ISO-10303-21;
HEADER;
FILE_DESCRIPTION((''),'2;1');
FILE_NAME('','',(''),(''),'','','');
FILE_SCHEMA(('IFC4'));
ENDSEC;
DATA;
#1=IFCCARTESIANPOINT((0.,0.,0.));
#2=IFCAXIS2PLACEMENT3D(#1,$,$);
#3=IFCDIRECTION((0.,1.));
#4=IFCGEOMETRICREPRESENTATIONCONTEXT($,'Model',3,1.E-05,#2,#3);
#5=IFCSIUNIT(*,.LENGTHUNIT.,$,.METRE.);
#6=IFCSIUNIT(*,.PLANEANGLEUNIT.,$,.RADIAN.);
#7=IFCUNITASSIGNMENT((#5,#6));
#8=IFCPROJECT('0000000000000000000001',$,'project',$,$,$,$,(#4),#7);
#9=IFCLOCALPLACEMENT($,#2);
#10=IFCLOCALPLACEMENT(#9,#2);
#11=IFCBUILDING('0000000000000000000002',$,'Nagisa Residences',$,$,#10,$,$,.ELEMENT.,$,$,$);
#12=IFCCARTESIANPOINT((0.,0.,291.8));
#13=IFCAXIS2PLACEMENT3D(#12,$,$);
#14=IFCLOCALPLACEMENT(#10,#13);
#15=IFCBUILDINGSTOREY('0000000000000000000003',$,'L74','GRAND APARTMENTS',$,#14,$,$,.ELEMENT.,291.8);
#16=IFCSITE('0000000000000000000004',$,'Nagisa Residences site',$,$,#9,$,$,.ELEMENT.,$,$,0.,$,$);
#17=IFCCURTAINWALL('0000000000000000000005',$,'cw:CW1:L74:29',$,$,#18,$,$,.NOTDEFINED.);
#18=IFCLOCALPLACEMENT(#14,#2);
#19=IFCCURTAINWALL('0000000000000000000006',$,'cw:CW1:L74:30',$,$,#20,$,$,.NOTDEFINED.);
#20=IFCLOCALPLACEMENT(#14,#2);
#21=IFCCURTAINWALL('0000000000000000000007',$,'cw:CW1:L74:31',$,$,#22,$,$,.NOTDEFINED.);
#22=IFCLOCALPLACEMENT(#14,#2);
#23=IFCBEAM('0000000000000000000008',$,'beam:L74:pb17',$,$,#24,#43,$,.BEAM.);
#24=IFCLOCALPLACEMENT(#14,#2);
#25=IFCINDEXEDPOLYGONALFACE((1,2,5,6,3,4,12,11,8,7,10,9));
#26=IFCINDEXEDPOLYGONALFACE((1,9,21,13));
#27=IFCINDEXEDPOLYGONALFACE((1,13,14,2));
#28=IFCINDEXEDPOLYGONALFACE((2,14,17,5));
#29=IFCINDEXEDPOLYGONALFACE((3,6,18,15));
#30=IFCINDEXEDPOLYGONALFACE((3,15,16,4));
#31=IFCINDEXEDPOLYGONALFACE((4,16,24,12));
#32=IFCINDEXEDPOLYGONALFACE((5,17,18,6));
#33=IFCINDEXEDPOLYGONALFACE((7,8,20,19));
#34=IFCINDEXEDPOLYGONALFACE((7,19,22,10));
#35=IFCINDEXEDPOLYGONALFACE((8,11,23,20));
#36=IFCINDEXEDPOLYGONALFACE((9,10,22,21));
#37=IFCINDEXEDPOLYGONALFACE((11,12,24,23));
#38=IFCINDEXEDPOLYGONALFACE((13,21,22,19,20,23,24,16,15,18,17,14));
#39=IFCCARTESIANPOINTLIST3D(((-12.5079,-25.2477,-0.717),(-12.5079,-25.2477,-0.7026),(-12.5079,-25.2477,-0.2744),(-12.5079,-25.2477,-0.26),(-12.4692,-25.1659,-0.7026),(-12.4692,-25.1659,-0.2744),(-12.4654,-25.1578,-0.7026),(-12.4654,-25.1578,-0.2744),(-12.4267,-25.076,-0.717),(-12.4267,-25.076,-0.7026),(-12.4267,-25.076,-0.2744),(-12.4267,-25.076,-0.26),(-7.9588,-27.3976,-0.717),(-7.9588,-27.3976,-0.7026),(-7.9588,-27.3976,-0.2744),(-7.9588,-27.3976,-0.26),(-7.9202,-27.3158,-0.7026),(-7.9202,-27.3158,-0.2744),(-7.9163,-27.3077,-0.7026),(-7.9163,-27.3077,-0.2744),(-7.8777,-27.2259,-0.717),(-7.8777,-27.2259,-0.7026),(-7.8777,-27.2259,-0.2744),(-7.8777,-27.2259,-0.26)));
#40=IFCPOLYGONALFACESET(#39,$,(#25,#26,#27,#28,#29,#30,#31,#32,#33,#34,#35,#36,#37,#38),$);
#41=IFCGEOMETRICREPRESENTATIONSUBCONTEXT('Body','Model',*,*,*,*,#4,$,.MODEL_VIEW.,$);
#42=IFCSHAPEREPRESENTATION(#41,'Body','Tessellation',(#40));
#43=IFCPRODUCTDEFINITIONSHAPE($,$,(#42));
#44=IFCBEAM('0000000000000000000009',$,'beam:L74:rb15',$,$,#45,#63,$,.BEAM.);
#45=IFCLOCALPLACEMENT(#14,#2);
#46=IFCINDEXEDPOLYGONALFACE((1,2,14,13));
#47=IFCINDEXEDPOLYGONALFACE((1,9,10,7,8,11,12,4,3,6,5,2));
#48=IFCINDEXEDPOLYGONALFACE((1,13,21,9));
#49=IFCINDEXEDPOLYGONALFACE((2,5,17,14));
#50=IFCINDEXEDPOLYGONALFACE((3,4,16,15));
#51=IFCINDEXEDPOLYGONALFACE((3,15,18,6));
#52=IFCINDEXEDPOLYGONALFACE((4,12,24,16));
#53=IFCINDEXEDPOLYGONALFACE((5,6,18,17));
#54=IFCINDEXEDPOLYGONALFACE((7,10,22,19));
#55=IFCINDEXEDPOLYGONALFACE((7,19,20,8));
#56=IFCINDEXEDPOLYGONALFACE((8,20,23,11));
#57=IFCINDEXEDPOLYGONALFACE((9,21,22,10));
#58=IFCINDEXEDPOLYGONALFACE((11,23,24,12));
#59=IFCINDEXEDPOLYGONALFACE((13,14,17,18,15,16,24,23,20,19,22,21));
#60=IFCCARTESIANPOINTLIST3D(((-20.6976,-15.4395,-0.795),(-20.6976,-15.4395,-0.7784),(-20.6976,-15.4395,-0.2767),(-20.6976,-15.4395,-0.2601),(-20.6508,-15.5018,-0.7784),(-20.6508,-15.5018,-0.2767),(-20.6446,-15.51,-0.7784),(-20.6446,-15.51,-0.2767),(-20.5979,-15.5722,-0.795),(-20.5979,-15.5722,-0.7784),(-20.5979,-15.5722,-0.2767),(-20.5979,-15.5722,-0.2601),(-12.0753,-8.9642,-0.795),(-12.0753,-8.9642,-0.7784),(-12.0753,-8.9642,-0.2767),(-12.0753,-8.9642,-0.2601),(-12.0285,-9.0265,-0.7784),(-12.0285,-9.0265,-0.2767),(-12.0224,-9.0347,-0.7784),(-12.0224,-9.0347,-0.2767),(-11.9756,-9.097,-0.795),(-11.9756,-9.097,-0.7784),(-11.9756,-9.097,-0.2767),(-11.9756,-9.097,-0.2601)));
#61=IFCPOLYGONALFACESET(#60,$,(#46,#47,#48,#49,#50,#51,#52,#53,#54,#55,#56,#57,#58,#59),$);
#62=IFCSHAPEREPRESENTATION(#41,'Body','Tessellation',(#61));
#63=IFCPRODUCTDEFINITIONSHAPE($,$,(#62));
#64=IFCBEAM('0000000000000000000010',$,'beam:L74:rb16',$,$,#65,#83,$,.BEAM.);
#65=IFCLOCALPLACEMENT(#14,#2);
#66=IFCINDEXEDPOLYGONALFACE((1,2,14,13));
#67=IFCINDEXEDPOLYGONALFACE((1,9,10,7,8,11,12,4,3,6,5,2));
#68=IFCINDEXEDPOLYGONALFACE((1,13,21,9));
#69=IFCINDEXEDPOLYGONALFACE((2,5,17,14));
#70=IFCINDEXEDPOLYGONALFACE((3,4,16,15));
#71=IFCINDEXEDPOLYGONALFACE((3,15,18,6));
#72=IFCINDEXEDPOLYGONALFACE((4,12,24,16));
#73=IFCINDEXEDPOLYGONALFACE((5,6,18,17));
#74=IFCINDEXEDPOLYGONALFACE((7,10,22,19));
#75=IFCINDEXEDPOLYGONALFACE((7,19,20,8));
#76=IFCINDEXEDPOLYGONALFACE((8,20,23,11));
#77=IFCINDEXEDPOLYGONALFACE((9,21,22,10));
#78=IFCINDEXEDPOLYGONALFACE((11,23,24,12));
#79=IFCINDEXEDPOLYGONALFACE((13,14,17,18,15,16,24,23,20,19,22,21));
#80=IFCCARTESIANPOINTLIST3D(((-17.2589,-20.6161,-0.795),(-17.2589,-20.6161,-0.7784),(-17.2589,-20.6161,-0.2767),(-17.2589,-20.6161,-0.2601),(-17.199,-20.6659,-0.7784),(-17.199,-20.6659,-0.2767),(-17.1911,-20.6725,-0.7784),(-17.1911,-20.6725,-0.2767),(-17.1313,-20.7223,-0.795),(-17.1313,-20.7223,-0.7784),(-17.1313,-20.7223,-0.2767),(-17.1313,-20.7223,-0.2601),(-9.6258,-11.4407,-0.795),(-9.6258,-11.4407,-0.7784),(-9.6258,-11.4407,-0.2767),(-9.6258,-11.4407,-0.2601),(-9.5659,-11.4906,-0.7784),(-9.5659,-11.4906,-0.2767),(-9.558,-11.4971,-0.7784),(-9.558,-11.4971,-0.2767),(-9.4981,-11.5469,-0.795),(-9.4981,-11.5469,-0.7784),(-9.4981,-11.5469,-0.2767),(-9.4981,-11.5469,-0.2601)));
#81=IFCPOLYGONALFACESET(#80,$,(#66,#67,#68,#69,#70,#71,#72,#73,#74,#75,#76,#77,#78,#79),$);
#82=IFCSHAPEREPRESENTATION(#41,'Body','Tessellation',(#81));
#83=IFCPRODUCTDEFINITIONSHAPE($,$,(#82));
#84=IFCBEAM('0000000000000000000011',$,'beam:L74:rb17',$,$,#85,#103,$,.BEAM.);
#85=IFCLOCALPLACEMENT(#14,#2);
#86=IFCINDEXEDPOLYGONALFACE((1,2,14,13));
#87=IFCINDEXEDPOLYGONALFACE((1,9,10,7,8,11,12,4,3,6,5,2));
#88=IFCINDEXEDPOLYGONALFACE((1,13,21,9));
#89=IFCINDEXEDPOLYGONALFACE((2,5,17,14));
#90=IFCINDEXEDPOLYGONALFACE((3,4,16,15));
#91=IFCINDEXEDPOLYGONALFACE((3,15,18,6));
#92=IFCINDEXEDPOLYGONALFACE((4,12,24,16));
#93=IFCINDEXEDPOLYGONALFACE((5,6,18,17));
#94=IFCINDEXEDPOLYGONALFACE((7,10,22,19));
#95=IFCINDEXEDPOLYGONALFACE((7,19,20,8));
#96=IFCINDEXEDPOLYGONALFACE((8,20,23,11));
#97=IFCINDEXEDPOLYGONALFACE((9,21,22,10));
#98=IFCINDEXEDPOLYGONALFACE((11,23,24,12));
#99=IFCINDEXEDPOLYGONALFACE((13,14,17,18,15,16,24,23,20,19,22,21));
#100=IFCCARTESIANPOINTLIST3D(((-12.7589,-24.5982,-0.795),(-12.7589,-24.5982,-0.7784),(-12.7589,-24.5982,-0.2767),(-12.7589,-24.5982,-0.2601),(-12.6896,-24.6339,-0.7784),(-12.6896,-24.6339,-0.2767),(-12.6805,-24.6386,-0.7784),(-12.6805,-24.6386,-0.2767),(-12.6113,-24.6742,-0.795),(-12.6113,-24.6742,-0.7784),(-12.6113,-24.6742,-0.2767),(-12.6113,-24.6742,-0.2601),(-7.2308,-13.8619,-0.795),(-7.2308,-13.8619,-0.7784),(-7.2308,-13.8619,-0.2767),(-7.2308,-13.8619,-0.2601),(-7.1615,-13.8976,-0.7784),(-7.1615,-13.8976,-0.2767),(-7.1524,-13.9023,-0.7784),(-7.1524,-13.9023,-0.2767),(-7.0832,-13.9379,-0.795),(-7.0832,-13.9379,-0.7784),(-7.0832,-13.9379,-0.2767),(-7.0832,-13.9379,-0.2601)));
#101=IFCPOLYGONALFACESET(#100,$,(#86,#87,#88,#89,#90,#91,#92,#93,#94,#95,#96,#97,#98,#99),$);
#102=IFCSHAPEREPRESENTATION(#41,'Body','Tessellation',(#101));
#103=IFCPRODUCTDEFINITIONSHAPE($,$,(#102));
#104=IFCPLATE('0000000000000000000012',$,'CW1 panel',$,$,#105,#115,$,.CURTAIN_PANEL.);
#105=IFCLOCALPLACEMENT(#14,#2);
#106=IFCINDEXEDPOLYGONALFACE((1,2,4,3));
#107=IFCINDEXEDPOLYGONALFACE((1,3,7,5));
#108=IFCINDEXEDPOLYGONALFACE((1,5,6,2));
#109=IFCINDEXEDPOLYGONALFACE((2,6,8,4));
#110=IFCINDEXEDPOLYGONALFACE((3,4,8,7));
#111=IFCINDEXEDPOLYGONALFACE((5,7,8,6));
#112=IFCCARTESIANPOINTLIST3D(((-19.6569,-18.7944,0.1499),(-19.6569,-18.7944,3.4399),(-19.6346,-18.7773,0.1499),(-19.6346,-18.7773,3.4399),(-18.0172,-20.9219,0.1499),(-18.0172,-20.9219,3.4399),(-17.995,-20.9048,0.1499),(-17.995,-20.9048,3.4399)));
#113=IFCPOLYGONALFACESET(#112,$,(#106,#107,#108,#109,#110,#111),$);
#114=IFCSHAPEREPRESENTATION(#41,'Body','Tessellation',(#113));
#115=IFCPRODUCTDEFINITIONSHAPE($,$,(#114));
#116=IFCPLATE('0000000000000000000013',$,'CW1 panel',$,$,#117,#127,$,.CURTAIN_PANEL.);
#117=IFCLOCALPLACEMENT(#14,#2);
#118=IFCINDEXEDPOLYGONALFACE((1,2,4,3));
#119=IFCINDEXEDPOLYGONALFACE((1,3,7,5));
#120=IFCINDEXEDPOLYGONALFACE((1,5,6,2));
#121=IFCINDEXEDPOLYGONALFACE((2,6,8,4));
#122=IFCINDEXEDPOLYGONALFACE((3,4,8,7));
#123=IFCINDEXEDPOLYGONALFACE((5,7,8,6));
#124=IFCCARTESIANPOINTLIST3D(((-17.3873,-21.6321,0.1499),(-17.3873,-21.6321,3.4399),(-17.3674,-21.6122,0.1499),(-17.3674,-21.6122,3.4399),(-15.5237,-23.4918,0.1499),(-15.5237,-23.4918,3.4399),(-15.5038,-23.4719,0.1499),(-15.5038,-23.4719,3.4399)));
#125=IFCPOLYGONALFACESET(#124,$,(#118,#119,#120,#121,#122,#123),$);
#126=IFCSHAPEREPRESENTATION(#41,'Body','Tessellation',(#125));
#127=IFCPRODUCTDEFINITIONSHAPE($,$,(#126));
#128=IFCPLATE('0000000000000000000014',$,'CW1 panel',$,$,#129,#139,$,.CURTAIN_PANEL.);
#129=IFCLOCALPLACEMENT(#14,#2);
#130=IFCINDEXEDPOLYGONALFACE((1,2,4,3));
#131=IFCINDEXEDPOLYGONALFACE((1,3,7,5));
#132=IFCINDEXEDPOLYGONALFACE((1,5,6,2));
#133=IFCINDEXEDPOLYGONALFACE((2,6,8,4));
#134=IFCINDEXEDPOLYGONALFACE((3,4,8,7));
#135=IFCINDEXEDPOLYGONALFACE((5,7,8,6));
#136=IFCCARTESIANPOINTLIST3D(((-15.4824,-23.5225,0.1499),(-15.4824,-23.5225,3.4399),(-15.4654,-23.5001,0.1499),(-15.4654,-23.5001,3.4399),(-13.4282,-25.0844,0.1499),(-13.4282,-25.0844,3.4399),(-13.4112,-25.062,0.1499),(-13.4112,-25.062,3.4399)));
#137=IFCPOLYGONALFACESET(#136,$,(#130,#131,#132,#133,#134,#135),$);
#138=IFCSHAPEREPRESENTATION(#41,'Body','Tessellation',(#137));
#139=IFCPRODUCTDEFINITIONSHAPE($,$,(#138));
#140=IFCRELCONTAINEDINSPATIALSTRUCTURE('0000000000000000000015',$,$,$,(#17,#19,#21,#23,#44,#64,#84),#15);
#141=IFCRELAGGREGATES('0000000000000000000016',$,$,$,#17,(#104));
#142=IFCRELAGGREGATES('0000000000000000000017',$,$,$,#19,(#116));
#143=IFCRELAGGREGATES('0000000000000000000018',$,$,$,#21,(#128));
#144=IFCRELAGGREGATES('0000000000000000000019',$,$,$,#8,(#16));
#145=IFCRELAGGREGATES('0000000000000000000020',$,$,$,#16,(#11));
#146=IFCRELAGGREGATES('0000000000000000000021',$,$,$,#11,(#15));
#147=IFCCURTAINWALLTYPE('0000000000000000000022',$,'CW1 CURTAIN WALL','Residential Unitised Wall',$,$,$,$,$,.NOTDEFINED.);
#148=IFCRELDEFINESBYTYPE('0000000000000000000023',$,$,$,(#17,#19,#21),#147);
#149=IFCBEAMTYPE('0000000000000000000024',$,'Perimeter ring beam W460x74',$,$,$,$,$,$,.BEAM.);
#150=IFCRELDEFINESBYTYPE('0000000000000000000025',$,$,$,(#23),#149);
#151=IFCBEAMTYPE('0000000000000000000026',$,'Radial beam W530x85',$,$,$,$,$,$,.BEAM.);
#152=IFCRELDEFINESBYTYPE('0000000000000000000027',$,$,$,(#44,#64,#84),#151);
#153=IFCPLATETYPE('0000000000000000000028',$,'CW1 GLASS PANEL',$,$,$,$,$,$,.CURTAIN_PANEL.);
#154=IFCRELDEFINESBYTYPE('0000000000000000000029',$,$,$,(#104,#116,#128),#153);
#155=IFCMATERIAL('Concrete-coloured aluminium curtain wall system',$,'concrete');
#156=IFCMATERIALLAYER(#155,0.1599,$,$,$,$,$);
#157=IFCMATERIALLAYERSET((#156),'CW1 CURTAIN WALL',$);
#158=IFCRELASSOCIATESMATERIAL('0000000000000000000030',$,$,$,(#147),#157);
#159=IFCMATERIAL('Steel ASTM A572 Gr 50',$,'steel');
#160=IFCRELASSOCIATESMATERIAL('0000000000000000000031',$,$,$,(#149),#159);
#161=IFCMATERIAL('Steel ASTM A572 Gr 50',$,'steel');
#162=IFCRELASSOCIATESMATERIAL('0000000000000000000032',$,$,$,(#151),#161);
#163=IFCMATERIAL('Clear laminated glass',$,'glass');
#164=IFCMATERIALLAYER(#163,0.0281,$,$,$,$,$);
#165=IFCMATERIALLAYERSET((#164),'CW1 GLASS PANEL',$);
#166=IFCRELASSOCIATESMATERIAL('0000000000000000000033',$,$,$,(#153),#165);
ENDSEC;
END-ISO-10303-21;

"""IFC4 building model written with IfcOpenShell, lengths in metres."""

from ifc_helpers import new_model, si_unit, direction, frame, origin, origin_2d, place, context, subcontext, project, spatial, rectangle, i_section, extrude, material, layer, layer_set, material_profile, profile_set, type_object, element, aggregate, save


model = new_model("IFC4")

# Units and contexts
model_context = context("Model", 3, precision=1e-05, world=origin(), true_north=direction((0.0, 1.0)))
body_context = subcontext(model_context, "Body", "Model", "MODEL_VIEW")
ifc_project = project(units=[si_unit("LENGTHUNIT", "METRE"), si_unit("PLANEANGLEUNIT", "RADIAN")], contexts=[model_context])

# Site, building, storey
site_placement = place(None, origin())
site = spatial("IfcSite", under=ifc_project, at=site_placement, Name="Nagisa Residences site", CompositionType="ELEMENT", RefElevation=0.0)
building_placement = place(site_placement, origin())
building = spatial("IfcBuilding", under=site, at=building_placement, Name="Nagisa Residences", CompositionType="ELEMENT")
storey_placement = place(building_placement, frame((0.0, 0.0, 291.8)))
storey = spatial("IfcBuildingStorey", under=building, at=storey_placement, Name="L74", Description="GRAND APARTMENTS", CompositionType="ELEMENT", Elevation=291.8)

# Curtain walls
ifc_material_1 = material(Name="Concrete-coloured aluminium curtain wall system", Category="concrete")
ifc_layer_1 = layer(ifc_material_1, 0.1599)
ifc_layer_set_1 = layer_set([ifc_layer_1], Name="CW1 CURTAIN WALL")
curtain_wall_type = type_object("IfcCurtainWallType", Name="CW1 CURTAIN WALL", Description="Residential Unitised Wall", PredefinedType="NOTDEFINED", material=ifc_layer_set_1)
curtain_wall_1_placement = place(storey_placement, origin())
curtain_wall_1 = element("IfcCurtainWall", 1, at=curtain_wall_1_placement, inside=storey, type_object=curtain_wall_type, Name="cw:CW1:L74:29", PredefinedType="NOTDEFINED")
curtain_wall_2_placement = place(storey_placement, origin())
curtain_wall_2 = element("IfcCurtainWall", 2, at=curtain_wall_2_placement, inside=storey, type_object=curtain_wall_type, Name="cw:CW1:L74:30", PredefinedType="NOTDEFINED")
curtain_wall_3_placement = place(storey_placement, origin())
curtain_wall_3 = element("IfcCurtainWall", 3, at=curtain_wall_3_placement, inside=storey, type_object=curtain_wall_type, Name="cw:CW1:L74:31", PredefinedType="NOTDEFINED")

# Beams
ifc_material_2 = material(Name="Steel ASTM A572 Gr 50", Category="steel")
ifc_material_profile_1 = material_profile(ifc_material_2, i_section(OverallWidth=0.1899, OverallDepth=0.457, WebThickness=0.009, FlangeThickness=0.0144, at=origin_2d()), Name="W460x74")
ifc_profile_set_1 = profile_set([ifc_material_profile_1], Name="Steel ASTM A572 Gr 50")
beam_type_1 = type_object("IfcBeamType", Name="Perimeter ring beam W460x74", PredefinedType="BEAM", material=ifc_profile_set_1)
beam_1_placement = place(storey_placement, frame((-12.4673, -25.1619, -0.4885), z_axis=(0.904116, -0.427287, 0.0), x_axis=(0.427287, 0.904116, 0.0)))
element("IfcBeam", 4, at=beam_1_placement, inside=storey, type_object=beam_type_1, Name="beam:L74:pb17", PredefinedType="BEAM", context=body_context, shape_type="SweptSolid", body=[
    extrude(i_section(OverallWidth=0.1899, OverallDepth=0.457, WebThickness=0.009, FlangeThickness=0.0144, at=origin_2d()), origin(), (0.0, 0.0, 1.0), 5.0315),
])
ifc_material_3 = material(Name="Steel ASTM A572 Gr 50", Category="steel")
ifc_material_profile_2 = material_profile(ifc_material_3, i_section(OverallWidth=0.166, OverallDepth=0.5349, WebThickness=0.0103, FlangeThickness=0.0166, at=origin_2d()), Name="W530x85")
ifc_profile_set_2 = profile_set([ifc_material_profile_2], Name="Steel ASTM A572 Gr 50")
beam_type_2 = type_object("IfcBeamType", Name="Radial beam W530x85", PredefinedType="BEAM", material=ifc_profile_set_2)
beam_2_placement = place(storey_placement, frame((-20.6477, -15.5059, -0.5276), z_axis=(0.799617, 0.600511, 0.0), x_axis=(-0.600511, 0.799617, 0.0)))
element("IfcBeam", 5, at=beam_2_placement, inside=storey, type_object=beam_type_2, Name="beam:L74:rb15", PredefinedType="BEAM", context=body_context, shape_type="SweptSolid", body=[
    extrude(i_section(OverallWidth=0.166, OverallDepth=0.5349, WebThickness=0.0103, FlangeThickness=0.0166, at=origin_2d()), origin(), (0.0, 0.0, 1.0), 10.783),
])
beam_3_placement = place(storey_placement, frame((-17.1951, -20.6692, -0.5276), z_axis=(0.63954, 0.768758, 0.0), x_axis=(-0.768758, 0.63954, 0.0)))
element("IfcBeam", 6, at=beam_3_placement, inside=storey, type_object=beam_type_2, Name="beam:L74:rb16", PredefinedType="BEAM", context=body_context, shape_type="SweptSolid", body=[
    extrude(i_section(OverallWidth=0.166, OverallDepth=0.5349, WebThickness=0.0103, FlangeThickness=0.0166, at=origin_2d()), origin(), (0.0, 0.0, 1.0), 11.9353),
])
beam_4_placement = place(storey_placement, frame((-12.6851, -24.6362, -0.5276), z_axis=(0.457776, 0.889068, 0.0), x_axis=(-0.889068, 0.457776, 0.0)))
element("IfcBeam", 7, at=beam_4_placement, inside=storey, type_object=beam_type_2, Name="beam:L74:rb17", PredefinedType="BEAM", context=body_context, shape_type="SweptSolid", body=[
    extrude(i_section(OverallWidth=0.166, OverallDepth=0.5349, WebThickness=0.0103, FlangeThickness=0.0166, at=origin_2d()), origin(), (0.0, 0.0, 1.0), 12.0759),
])

# Plates
ifc_material_4 = material(Name="Clear laminated glass", Category="glass")
ifc_layer_2 = layer(ifc_material_4, 0.0281)
ifc_layer_set_2 = layer_set([ifc_layer_2], Name="CW1 GLASS PANEL")
plate_type = type_object("IfcPlateType", Name="CW1 GLASS PANEL", PredefinedType="CURTAIN_PANEL", material=ifc_layer_set_2)
plate_1_placement = place(storey_placement, frame((-18.8259, -19.8496, 0.1499), z_axis=(0.0, 0.0, 1.0), x_axis=(0.61043, -0.79207, 0.0)))
plate_1 = element("IfcPlate", 8, at=plate_1_placement, type_object=plate_type, Name="CW1 panel", PredefinedType="CURTAIN_PANEL", context=body_context, shape_type="SweptSolid", body=[
    extrude(rectangle(XDim=2.686, YDim=0.0281, at=origin_2d()), origin(), (0.0, 0.0, 1.0), 3.29),
])
aggregate(curtain_wall_1, [plate_1])
plate_2_placement = place(storey_placement, frame((-16.4456, -22.552, 0.1499), z_axis=(0.0, 0.0, 1.0), x_axis=(0.707836, -0.706377, 0.0)))
plate_2 = element("IfcPlate", 9, at=plate_2_placement, type_object=plate_type, Name="CW1 panel", PredefinedType="CURTAIN_PANEL", context=body_context, shape_type="SweptSolid", body=[
    extrude(rectangle(XDim=2.6328, YDim=0.0281, at=origin_2d()), origin(), (0.0, 0.0, 1.0), 3.29),
])
aggregate(curtain_wall_2, [plate_2])
plate_3_placement = place(storey_placement, frame((-14.4468, -24.2922, 0.1499), z_axis=(0.0, 0.0, 1.0), x_axis=(0.796031, -0.605255, 0.0)))
plate_3 = element("IfcPlate", 10, at=plate_3_placement, type_object=plate_type, Name="CW1 panel", PredefinedType="CURTAIN_PANEL", context=body_context, shape_type="SweptSolid", body=[
    extrude(rectangle(XDim=2.5806, YDim=0.0281, at=origin_2d()), origin(), (0.0, 0.0, 1.0), 3.29),
])
aggregate(curtain_wall_3, [plate_3])

save(model, "model.ifc")
